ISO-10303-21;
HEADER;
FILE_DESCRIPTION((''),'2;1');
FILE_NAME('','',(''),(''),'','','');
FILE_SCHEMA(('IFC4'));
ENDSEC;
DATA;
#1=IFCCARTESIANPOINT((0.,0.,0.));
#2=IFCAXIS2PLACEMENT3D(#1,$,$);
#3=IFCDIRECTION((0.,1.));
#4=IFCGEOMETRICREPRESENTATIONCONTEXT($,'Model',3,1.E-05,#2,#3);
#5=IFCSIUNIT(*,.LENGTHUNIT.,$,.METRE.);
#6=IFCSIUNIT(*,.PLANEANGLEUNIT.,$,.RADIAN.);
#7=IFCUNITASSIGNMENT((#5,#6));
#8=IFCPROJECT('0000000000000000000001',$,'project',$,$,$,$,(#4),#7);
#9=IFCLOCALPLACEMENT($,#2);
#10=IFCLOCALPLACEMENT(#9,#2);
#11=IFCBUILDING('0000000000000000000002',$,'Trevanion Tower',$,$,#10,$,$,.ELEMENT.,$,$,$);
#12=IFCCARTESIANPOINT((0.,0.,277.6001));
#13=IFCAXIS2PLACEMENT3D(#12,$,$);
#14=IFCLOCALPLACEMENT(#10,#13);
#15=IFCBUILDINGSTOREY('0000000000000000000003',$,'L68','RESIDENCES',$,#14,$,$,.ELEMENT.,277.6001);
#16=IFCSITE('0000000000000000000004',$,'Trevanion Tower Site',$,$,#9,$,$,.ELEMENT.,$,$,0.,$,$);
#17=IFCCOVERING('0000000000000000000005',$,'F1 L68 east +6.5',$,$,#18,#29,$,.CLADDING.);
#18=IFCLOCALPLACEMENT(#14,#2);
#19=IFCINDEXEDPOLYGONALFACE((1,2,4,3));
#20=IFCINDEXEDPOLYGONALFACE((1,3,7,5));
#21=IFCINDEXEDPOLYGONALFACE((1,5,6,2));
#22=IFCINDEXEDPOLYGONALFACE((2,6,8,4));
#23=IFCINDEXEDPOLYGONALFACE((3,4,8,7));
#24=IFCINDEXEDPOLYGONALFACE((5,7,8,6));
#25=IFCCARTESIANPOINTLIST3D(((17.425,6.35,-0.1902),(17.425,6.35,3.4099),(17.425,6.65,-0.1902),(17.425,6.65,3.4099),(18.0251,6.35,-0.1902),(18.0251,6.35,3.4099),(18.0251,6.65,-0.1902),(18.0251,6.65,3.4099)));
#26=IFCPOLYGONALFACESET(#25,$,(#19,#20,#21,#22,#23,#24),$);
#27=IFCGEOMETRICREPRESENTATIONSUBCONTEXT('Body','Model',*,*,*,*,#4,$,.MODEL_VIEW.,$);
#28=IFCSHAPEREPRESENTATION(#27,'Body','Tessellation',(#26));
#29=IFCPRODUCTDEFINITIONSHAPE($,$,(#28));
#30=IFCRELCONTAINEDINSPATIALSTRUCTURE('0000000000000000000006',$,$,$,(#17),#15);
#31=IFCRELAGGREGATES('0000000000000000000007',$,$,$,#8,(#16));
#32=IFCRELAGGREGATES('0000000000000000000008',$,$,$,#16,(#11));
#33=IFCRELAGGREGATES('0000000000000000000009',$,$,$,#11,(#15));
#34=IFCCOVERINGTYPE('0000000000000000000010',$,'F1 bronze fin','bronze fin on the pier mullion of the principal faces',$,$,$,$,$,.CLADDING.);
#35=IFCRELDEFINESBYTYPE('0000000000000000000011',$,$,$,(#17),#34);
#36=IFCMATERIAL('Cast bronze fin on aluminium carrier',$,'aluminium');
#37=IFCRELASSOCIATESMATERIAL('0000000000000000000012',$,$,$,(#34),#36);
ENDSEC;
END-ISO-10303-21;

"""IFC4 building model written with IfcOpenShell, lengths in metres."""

from ifc_helpers import new_model, si_unit, direction, frame, origin, origin_2d, place, context, subcontext, project, spatial, rectangle, extrude, material, type_object, element, save


model = new_model("IFC4")

# Units and contexts
model_context = context("Model", 3, precision=1e-05, world=origin(), true_north=direction((0.0, 1.0)))
body_context = subcontext(model_context, "Body", "Model", "MODEL_VIEW")
ifc_project = project(units=[si_unit("LENGTHUNIT", "METRE"), si_unit("PLANEANGLEUNIT", "RADIAN")], contexts=[model_context])

# Site, building, storey
site_placement = place(None, origin())
site = spatial("IfcSite", under=ifc_project, at=site_placement, Name="Trevanion Tower Site", CompositionType="ELEMENT", RefElevation=0.0)
building_placement = place(site_placement, origin())
building = spatial("IfcBuilding", under=site, at=building_placement, Name="Trevanion Tower", CompositionType="ELEMENT")
storey_placement = place(building_placement, frame((0.0, 0.0, 277.6001)))
storey = spatial("IfcBuildingStorey", under=building, at=storey_placement, Name="L68", Description="RESIDENCES", CompositionType="ELEMENT", Elevation=277.6001)

# Covering
ifc_material_1 = material(Name="Cast bronze fin on aluminium carrier", Category="aluminium")
covering_type = type_object("IfcCoveringType", Name="F1 bronze fin", Description="bronze fin on the pier mullion of the principal faces", PredefinedType="CLADDING", material=ifc_material_1)
covering_placement = place(storey_placement, frame((17.7251, 6.5, -0.1902), z_axis=(0.0, 0.0, 1.0), x_axis=(0.0, 1.0, 0.0)))
element("IfcCovering", 1, at=covering_placement, inside=storey, type_object=covering_type, Name="F1 L68 east +6.5", PredefinedType="CLADDING", context=body_context, shape_type="SweptSolid", body=[
    extrude(rectangle(XDim=0.3, YDim=0.6001, at=origin_2d()), origin(), (0.0, 0.0, 1.0), 3.6001),
])

save(model, "model.ifc")
